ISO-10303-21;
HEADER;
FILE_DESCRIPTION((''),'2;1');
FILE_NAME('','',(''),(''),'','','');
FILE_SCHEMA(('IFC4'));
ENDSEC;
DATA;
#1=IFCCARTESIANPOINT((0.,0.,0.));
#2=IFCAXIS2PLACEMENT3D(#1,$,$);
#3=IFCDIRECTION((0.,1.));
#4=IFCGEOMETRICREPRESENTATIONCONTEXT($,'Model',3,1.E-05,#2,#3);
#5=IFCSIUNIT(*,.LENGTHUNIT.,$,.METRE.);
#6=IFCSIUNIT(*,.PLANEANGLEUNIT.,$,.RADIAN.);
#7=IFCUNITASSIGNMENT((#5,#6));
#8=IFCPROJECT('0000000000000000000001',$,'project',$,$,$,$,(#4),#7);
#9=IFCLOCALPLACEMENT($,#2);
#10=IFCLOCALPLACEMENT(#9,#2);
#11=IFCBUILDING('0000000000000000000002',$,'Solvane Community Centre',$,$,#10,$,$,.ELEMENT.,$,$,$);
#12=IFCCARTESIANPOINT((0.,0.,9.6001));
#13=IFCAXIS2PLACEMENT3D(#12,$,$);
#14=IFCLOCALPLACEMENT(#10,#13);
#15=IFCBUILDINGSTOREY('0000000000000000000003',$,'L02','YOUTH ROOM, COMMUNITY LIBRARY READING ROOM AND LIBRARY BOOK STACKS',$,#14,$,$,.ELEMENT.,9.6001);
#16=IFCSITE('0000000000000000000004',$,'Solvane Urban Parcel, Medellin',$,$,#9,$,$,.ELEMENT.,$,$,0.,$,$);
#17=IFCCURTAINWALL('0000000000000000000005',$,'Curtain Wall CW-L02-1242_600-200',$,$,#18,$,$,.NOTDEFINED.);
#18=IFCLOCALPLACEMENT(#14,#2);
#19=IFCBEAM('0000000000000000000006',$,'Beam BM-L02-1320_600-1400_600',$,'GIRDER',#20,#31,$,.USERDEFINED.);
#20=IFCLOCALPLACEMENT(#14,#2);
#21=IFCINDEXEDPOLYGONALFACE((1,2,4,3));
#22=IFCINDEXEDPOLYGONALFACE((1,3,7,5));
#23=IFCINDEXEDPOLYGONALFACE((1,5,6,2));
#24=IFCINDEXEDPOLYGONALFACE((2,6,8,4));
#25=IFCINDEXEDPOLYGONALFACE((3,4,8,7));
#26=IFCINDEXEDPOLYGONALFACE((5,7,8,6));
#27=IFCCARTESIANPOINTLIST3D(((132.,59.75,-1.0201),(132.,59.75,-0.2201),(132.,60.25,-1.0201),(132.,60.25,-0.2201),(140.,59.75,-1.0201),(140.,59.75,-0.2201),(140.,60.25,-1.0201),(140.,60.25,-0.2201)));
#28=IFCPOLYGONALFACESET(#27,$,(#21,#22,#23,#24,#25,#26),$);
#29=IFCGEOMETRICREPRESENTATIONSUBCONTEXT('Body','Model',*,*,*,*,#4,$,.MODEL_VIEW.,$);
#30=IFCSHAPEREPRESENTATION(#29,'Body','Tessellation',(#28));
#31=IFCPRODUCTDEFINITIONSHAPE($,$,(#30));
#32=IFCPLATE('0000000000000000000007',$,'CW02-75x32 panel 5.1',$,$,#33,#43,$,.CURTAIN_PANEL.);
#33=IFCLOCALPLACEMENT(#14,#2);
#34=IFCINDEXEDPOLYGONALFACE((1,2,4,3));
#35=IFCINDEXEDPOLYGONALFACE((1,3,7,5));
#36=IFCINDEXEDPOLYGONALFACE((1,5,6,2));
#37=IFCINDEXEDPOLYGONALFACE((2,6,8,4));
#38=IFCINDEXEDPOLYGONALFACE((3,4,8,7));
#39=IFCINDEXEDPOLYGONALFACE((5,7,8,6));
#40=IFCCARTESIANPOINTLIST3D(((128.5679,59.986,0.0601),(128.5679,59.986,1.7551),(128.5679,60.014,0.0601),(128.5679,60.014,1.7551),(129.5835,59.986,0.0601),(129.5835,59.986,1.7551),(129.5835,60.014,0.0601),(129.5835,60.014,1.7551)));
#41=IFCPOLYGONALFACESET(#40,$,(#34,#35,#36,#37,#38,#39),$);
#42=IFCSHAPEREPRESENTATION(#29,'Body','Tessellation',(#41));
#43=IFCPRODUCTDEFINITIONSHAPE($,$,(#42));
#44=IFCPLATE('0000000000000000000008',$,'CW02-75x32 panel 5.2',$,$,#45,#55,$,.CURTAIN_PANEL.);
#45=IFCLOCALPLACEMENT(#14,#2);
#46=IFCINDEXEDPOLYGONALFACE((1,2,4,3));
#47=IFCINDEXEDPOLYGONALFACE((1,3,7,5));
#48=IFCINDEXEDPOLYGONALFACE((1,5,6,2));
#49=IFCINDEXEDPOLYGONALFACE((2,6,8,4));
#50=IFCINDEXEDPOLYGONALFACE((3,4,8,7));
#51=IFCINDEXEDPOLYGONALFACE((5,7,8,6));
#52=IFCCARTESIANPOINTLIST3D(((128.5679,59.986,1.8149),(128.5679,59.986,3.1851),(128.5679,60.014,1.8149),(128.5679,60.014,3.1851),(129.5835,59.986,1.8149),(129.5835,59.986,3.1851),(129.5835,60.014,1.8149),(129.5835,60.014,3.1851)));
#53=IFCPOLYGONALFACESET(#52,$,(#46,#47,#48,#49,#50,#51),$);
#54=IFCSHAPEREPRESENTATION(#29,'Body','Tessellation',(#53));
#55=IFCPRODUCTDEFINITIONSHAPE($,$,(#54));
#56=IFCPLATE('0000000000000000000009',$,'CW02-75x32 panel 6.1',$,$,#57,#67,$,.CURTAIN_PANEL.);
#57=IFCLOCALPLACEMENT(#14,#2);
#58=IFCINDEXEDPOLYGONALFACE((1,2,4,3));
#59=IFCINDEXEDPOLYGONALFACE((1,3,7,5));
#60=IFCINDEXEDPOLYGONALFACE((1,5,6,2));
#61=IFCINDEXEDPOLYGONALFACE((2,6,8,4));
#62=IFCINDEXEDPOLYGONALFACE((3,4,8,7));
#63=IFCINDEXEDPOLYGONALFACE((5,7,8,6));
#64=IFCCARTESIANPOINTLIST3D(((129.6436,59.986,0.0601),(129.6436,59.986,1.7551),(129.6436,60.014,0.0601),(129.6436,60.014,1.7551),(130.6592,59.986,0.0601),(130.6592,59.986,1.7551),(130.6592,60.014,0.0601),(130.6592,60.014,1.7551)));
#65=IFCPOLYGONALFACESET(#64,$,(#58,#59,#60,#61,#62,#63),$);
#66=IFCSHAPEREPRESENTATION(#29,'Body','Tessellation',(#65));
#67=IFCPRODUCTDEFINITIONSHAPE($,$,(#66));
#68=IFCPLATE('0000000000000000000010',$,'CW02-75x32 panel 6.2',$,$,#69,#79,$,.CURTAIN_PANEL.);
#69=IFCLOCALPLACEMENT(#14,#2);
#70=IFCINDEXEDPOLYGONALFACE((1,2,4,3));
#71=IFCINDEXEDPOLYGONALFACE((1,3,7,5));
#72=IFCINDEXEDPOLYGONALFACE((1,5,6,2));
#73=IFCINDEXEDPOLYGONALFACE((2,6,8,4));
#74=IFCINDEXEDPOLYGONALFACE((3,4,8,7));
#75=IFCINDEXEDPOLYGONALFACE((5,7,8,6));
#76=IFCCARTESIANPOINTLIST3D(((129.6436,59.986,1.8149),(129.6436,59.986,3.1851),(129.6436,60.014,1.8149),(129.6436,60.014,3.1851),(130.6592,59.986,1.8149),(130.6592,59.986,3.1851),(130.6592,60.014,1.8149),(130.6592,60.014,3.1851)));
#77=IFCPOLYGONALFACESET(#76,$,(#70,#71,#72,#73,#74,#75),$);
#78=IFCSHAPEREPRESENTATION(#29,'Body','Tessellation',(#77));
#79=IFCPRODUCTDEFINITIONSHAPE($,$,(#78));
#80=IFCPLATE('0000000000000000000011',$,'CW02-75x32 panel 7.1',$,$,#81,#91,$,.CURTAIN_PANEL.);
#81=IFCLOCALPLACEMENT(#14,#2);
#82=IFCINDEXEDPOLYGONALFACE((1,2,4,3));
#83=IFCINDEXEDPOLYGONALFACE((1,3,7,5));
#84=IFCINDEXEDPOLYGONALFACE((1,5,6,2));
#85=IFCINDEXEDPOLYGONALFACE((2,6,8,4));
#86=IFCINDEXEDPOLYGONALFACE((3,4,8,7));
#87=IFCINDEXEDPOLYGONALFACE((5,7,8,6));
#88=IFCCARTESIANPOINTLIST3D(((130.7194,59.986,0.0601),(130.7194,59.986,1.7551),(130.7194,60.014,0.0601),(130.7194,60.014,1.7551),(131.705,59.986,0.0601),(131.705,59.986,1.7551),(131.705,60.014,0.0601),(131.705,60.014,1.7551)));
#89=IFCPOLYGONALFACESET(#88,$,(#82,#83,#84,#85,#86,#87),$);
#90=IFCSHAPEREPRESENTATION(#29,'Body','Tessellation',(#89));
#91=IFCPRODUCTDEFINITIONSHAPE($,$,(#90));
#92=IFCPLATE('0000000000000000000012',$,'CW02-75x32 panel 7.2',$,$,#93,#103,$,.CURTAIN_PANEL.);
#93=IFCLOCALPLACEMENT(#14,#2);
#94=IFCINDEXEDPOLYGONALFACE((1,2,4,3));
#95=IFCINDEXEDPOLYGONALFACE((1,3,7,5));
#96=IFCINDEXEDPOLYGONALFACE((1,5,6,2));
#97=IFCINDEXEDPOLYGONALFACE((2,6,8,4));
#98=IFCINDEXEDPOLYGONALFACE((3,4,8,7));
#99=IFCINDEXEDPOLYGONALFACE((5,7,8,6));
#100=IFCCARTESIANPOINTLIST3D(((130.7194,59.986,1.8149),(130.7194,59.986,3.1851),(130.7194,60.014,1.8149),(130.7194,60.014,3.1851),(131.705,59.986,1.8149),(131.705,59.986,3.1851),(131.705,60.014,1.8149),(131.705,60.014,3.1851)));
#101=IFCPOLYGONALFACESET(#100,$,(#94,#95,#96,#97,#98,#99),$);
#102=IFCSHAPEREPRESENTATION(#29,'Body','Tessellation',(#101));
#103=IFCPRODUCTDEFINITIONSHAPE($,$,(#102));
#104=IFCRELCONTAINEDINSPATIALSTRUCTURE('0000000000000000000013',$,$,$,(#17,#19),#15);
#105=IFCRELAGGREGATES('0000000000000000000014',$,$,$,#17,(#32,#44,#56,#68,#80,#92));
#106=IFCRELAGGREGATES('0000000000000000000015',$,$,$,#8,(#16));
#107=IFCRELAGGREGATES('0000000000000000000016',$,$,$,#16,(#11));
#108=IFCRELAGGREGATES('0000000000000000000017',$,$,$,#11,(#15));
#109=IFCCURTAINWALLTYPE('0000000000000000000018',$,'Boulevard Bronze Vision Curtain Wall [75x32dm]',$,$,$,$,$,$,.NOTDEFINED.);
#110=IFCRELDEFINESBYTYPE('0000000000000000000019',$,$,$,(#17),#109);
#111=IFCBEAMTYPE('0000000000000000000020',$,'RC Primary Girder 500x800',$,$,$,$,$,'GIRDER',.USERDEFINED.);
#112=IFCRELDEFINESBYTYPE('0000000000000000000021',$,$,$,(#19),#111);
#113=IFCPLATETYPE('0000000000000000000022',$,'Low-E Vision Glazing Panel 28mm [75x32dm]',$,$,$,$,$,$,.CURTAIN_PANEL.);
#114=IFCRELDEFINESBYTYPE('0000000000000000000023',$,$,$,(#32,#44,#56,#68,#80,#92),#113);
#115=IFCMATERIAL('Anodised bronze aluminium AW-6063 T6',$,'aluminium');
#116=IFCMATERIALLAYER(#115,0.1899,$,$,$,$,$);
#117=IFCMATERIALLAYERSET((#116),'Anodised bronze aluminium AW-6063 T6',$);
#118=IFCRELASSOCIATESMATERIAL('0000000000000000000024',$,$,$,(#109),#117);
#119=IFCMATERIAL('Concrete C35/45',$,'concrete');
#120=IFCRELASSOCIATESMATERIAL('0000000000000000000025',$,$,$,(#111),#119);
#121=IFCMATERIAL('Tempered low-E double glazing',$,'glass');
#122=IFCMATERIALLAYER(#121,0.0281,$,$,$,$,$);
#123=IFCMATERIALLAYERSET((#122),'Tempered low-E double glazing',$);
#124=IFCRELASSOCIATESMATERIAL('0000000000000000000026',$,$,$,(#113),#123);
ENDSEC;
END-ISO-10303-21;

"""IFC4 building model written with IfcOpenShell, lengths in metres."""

from ifc_helpers import new_model, si_unit, direction, frame, origin, origin_2d, place, context, subcontext, project, spatial, rectangle, extrude, material, layer, layer_set, material_profile, profile_set, type_object, element, aggregate, save


model = new_model("IFC4")

# Units and contexts
model_context = context("Model", 3, precision=1e-05, world=origin(), true_north=direction((0.0, 1.0)))
body_context = subcontext(model_context, "Body", "Model", "MODEL_VIEW")
ifc_project = project(units=[si_unit("LENGTHUNIT", "METRE"), si_unit("PLANEANGLEUNIT", "RADIAN")], contexts=[model_context])

# Site, building, storey
site_placement = place(None, origin())
site = spatial("IfcSite", under=ifc_project, at=site_placement, Name="Solvane Urban Parcel, Medellin", CompositionType="ELEMENT", RefElevation=0.0)
building_placement = place(site_placement, origin())
building = spatial("IfcBuilding", under=site, at=building_placement, Name="Solvane Community Centre", CompositionType="ELEMENT")
storey_placement = place(building_placement, frame((0.0, 0.0, 9.6001)))
storey = spatial("IfcBuildingStorey", under=building, at=storey_placement, Name="L02", Description="YOUTH ROOM, COMMUNITY LIBRARY READING ROOM AND LIBRARY BOOK STACKS", CompositionType="ELEMENT", Elevation=9.6001)

# Curtain wall
ifc_material_1 = material(Name="Anodised bronze aluminium AW-6063 T6", Category="aluminium")
ifc_layer_1 = layer(ifc_material_1, 0.1899)
ifc_layer_set_1 = layer_set([ifc_layer_1], Name="Anodised bronze aluminium AW-6063 T6")
curtain_wall_type = type_object("IfcCurtainWallType", Name="Boulevard Bronze Vision Curtain Wall [75x32dm]", PredefinedType="NOTDEFINED", material=ifc_layer_set_1)
curtain_wall_1_placement = place(storey_placement, origin())
curtain_wall_1 = element("IfcCurtainWall", 1, at=curtain_wall_1_placement, inside=storey, type_object=curtain_wall_type, Name="Curtain Wall CW-L02-1242_600-200", PredefinedType="NOTDEFINED")

# Beam
ifc_material_2 = material(Name="Concrete C35/45", Category="concrete")
ifc_material_profile_1 = material_profile(ifc_material_2, rectangle(XDim=0.5, YDim=0.8, at=origin_2d()), Name="RC 500x800")
ifc_profile_set_1 = profile_set([ifc_material_profile_1], Name="Concrete C35/45")
beam_type = type_object("IfcBeamType", Name="RC Primary Girder 500x800", ElementType="GIRDER", PredefinedType="USERDEFINED", material=ifc_profile_set_1)
beam_placement = place(storey_placement, frame((132.0, 60.0, -0.6201), z_axis=(1.0, 0.0, 0.0), x_axis=(0.0, 1.0, 0.0)))
element("IfcBeam", 2, at=beam_placement, inside=storey, type_object=beam_type, Name="Beam BM-L02-1320_600-1400_600", ObjectType="GIRDER", PredefinedType="USERDEFINED", context=body_context, shape_type="SweptSolid", body=[
    extrude(rectangle(XDim=0.5, YDim=0.8, at=origin_2d()), origin(), (0.0, 0.0, 1.0), 8.0),
])

# Plates
ifc_material_3 = material(Name="Tempered low-E double glazing", Category="glass")
ifc_layer_2 = layer(ifc_material_3, 0.0281)
ifc_layer_set_2 = layer_set([ifc_layer_2], Name="Tempered low-E double glazing")
plate_type = type_object("IfcPlateType", Name="Low-E Vision Glazing Panel 28mm [75x32dm]", PredefinedType="CURTAIN_PANEL", material=ifc_layer_set_2)
plate_1_placement = place(storey_placement, frame((129.0757, 60.0, 0.0601), z_axis=(0.0, 0.0, 1.0), x_axis=(1.0, 0.0, 0.0)))
plate_1 = element("IfcPlate", 3, at=plate_1_placement, type_object=plate_type, Name="CW02-75x32 panel 5.1", PredefinedType="CURTAIN_PANEL", context=body_context, shape_type="SweptSolid", body=[
    extrude(rectangle(XDim=1.0156, YDim=0.0281, at=origin_2d()), origin(), (0.0, 0.0, 1.0), 1.6951),
])
plate_2_placement = place(storey_placement, frame((129.0757, 60.0, 1.8149), z_axis=(0.0, 0.0, 1.0), x_axis=(1.0, 0.0, 0.0)))
plate_2 = element("IfcPlate", 4, at=plate_2_placement, type_object=plate_type, Name="CW02-75x32 panel 5.2", PredefinedType="CURTAIN_PANEL", context=body_context, shape_type="SweptSolid", body=[
    extrude(rectangle(XDim=1.0156, YDim=0.0281, at=origin_2d()), origin(), (0.0, 0.0, 1.0), 1.3701),
])
plate_3_placement = place(storey_placement, frame((130.1514, 60.0, 0.0601), z_axis=(0.0, 0.0, 1.0), x_axis=(1.0, 0.0, 0.0)))
plate_3 = element("IfcPlate", 5, at=plate_3_placement, type_object=plate_type, Name="CW02-75x32 panel 6.1", PredefinedType="CURTAIN_PANEL", context=body_context, shape_type="SweptSolid", body=[
    extrude(rectangle(XDim=1.0156, YDim=0.0281, at=origin_2d()), origin(), (0.0, 0.0, 1.0), 1.6951),
])
plate_4_placement = place(storey_placement, frame((130.1514, 60.0, 1.8149), z_axis=(0.0, 0.0, 1.0), x_axis=(1.0, 0.0, 0.0)))
plate_4 = element("IfcPlate", 6, at=plate_4_placement, type_object=plate_type, Name="CW02-75x32 panel 6.2", PredefinedType="CURTAIN_PANEL", context=body_context, shape_type="SweptSolid", body=[
    extrude(rectangle(XDim=1.0156, YDim=0.0281, at=origin_2d()), origin(), (0.0, 0.0, 1.0), 1.3701),
])
plate_5_placement = place(storey_placement, frame((131.2122, 60.0, 0.0601), z_axis=(0.0, 0.0, 1.0), x_axis=(1.0, 0.0, 0.0)))
plate_5 = element("IfcPlate", 7, at=plate_5_placement, type_object=plate_type, Name="CW02-75x32 panel 7.1", PredefinedType="CURTAIN_PANEL", context=body_context, shape_type="SweptSolid", body=[
    extrude(rectangle(XDim=0.9856, YDim=0.0281, at=origin_2d()), origin(), (0.0, 0.0, 1.0), 1.6951),
])
plate_6_placement = place(storey_placement, frame((131.2122, 60.0, 1.8149), z_axis=(0.0, 0.0, 1.0), x_axis=(1.0, 0.0, 0.0)))
plate_6 = element("IfcPlate", 8, at=plate_6_placement, type_object=plate_type, Name="CW02-75x32 panel 7.2", PredefinedType="CURTAIN_PANEL", context=body_context, shape_type="SweptSolid", body=[
    extrude(rectangle(XDim=0.9856, YDim=0.0281, at=origin_2d()), origin(), (0.0, 0.0, 1.0), 1.3701),
])
aggregate(curtain_wall_1, [plate_1, plate_2, plate_3, plate_4, plate_5, plate_6])

save(model, "model.ifc")
